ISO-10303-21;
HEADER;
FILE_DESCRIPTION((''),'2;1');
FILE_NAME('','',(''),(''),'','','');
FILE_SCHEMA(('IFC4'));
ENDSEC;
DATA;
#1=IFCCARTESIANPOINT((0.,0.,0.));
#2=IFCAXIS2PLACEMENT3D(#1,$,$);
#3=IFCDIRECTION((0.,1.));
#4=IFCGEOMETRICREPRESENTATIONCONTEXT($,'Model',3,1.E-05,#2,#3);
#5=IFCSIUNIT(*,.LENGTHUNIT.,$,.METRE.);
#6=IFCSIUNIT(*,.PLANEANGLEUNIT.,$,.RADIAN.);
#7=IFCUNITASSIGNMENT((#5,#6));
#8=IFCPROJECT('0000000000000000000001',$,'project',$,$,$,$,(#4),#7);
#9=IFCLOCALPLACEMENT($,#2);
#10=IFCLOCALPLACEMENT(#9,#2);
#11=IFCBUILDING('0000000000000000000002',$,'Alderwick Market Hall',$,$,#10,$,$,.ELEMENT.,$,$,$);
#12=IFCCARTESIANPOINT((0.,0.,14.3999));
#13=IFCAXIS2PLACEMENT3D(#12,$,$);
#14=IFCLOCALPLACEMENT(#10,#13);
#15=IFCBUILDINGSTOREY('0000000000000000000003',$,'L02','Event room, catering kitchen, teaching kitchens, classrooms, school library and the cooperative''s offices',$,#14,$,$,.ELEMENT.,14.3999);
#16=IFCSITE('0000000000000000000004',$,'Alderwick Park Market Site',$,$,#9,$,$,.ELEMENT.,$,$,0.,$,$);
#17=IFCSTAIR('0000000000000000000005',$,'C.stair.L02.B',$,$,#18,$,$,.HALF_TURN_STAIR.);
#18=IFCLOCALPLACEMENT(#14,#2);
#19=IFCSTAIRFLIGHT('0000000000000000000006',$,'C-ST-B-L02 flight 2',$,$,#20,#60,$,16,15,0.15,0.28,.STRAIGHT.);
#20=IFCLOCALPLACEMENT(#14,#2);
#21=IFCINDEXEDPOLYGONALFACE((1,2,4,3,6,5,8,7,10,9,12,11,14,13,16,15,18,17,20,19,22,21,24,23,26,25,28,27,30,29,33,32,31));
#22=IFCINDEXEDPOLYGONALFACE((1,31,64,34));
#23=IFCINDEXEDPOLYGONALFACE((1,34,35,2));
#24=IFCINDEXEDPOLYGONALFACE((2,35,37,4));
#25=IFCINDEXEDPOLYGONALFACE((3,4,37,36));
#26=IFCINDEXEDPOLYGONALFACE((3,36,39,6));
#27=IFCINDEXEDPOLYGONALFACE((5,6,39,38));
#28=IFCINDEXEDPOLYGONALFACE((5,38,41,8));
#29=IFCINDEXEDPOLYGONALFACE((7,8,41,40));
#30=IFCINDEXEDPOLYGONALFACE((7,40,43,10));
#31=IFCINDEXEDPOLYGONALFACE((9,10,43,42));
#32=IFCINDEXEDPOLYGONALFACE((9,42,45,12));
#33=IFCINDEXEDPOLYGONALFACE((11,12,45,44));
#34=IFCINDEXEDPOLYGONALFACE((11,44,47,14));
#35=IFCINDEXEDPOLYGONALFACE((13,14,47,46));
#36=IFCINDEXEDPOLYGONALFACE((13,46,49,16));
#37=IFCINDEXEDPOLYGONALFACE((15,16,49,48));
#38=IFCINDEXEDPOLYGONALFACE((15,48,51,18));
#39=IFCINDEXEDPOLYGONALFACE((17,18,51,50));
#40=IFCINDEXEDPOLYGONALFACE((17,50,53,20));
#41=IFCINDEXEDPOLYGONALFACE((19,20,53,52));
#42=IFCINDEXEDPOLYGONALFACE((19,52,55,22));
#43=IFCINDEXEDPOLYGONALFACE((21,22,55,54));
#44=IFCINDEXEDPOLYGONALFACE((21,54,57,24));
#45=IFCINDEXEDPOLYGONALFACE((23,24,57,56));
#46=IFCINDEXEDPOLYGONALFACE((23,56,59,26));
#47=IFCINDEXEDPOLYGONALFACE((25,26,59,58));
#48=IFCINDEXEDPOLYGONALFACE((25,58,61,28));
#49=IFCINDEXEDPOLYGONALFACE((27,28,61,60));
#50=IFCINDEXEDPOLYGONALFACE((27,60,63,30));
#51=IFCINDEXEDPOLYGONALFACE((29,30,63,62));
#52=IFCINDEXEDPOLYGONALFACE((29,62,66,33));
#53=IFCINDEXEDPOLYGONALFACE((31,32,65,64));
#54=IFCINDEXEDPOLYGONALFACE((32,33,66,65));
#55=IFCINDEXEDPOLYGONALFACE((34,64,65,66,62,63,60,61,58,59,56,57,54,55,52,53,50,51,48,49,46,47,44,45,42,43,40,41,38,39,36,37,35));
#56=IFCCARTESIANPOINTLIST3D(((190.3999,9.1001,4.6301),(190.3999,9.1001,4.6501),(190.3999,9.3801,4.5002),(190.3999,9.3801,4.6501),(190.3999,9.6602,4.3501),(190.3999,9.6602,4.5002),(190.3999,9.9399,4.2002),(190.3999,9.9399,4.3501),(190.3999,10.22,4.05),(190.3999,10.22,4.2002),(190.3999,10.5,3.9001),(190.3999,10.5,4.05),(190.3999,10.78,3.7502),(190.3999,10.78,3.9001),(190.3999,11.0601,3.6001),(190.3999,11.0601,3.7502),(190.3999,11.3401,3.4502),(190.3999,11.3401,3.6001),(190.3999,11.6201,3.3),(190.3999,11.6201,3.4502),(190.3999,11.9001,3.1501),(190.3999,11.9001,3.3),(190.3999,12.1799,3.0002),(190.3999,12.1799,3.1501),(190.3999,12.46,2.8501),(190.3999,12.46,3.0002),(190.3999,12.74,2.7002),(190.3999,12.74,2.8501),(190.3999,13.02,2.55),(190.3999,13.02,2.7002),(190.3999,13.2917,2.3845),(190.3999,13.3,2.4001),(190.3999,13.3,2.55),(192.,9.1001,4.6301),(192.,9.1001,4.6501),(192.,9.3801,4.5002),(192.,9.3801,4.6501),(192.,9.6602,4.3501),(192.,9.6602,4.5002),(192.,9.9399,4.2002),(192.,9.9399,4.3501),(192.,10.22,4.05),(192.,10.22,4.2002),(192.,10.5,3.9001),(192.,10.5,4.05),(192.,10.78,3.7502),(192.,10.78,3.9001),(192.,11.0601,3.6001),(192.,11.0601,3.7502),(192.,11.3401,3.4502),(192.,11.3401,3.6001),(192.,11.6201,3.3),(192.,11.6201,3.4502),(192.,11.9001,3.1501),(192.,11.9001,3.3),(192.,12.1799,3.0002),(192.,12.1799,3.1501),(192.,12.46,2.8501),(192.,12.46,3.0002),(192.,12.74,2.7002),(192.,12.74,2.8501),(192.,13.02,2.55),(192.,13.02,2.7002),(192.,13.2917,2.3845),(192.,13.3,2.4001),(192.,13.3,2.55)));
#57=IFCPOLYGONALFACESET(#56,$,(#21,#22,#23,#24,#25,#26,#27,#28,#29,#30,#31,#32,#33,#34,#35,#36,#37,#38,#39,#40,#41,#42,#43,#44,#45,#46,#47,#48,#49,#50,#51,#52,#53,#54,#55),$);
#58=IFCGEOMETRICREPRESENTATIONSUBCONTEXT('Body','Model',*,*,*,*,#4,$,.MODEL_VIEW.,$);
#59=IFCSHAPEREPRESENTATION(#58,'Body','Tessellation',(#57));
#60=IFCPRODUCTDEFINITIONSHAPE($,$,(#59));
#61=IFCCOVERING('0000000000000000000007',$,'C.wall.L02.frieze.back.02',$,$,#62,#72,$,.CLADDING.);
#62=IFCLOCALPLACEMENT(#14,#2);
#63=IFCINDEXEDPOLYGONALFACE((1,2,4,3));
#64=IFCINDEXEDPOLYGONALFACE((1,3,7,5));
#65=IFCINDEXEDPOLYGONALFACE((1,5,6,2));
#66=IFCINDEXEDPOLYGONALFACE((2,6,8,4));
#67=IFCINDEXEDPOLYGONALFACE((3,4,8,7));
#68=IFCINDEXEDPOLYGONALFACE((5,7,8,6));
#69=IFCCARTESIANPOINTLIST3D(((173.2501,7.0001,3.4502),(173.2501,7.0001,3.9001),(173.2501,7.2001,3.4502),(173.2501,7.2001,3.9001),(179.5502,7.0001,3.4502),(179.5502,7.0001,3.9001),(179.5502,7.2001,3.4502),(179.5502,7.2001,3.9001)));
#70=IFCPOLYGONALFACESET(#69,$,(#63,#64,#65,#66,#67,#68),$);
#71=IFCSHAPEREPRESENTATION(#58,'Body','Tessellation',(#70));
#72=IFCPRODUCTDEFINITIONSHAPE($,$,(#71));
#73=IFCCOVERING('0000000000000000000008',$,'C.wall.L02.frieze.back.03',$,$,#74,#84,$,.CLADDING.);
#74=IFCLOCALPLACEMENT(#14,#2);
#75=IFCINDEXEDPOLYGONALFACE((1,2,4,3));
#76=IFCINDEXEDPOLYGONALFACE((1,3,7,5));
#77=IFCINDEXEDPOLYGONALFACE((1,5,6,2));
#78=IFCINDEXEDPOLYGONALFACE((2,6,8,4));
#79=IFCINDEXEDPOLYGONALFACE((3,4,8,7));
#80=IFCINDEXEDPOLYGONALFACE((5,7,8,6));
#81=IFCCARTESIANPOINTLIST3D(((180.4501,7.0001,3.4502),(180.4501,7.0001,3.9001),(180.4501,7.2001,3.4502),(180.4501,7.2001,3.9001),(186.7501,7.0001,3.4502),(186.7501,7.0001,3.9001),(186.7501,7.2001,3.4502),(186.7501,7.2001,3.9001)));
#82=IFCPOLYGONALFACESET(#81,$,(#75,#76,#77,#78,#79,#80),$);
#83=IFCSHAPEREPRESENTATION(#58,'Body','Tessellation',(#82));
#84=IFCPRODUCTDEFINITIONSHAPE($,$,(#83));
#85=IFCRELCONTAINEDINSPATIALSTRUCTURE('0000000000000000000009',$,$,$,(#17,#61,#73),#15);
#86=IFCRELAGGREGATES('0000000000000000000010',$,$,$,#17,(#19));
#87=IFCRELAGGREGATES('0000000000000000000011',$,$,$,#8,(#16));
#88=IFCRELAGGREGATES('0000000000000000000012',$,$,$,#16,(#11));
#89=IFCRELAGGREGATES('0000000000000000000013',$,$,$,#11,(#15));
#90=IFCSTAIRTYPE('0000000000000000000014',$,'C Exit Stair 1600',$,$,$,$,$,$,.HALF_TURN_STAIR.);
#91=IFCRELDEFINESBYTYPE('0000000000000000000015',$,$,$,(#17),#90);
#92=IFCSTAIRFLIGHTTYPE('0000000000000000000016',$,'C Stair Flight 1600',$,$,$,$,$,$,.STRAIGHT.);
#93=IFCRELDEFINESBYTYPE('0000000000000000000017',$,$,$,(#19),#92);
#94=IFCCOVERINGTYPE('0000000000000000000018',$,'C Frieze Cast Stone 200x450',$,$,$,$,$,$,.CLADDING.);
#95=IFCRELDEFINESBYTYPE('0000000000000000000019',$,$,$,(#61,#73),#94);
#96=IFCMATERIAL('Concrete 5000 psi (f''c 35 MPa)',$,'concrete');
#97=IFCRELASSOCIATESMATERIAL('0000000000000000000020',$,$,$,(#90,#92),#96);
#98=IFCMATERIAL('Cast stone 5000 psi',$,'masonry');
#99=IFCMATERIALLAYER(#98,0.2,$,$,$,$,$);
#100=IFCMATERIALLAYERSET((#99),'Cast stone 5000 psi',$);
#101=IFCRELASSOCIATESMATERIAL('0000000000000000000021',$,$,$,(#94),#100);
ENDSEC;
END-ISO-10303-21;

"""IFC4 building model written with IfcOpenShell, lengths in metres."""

from ifc_helpers import new_model, si_unit, direction, frame, frame_2d, origin, place, context, subcontext, project, spatial, polyline, rectangle, outline, extrude, material, layer, layer_set, type_object, element, aggregate, save


model = new_model("IFC4")

# Units and contexts
model_context = context("Model", 3, precision=1e-05, world=origin(), true_north=direction((0.0, 1.0)))
body_context = subcontext(model_context, "Body", "Model", "MODEL_VIEW")
ifc_project = project(units=[si_unit("LENGTHUNIT", "METRE"), si_unit("PLANEANGLEUNIT", "RADIAN")], contexts=[model_context])

# Site, building, storey
site_placement = place(None, origin())
site = spatial("IfcSite", under=ifc_project, at=site_placement, Name="Alderwick Park Market Site", CompositionType="ELEMENT", RefElevation=0.0)
building_placement = place(site_placement, origin())
building = spatial("IfcBuilding", under=site, at=building_placement, Name="Alderwick Market Hall", CompositionType="ELEMENT")
storey_placement = place(building_placement, frame((0.0, 0.0, 14.3999)))
storey = spatial("IfcBuildingStorey", under=building, at=storey_placement, Name="L02", Description="Event room, catering kitchen, teaching kitchens, classrooms, school library and the cooperative's offices", CompositionType="ELEMENT", Elevation=14.3999)

# Shared definitions
ifc_material_1 = material(Name="Concrete 5000 psi (f'c 35 MPa)", Category="concrete")

# Stair, stair flight
stair_type = type_object("IfcStairType", Name="C Exit Stair 1600", PredefinedType="HALF_TURN_STAIR", material=ifc_material_1)
stair_placement = place(storey_placement, origin())
stair = element("IfcStair", 1, at=stair_placement, inside=storey, type_object=stair_type, Name="C.stair.L02.B", PredefinedType="HALF_TURN_STAIR")
stair_flight_type = type_object("IfcStairFlightType", Name="C Stair Flight 1600", PredefinedType="STRAIGHT", material=ifc_material_1)
stair_flight_1_placement = place(storey_placement, frame((191.2, 13.3, 2.4001), z_axis=(0.0, 0.0, 1.0), x_axis=(0.0, -1.0, 0.0)))
stair_flight_1 = element("IfcStairFlight", 2, at=stair_flight_1_placement, type_object=stair_flight_type, Name="C-ST-B-L02 flight 2", NumberOfRisers=16, NumberOfTreads=15, PredefinedType="STRAIGHT", RiserHeight=0.15, TreadLength=0.28, context=body_context, shape_type="SweptSolid", body=[
    extrude(outline(polyline([(0.0083, -0.0156), (0.0, 0.0), (0.0, 0.1499), (0.28, 0.1499), (0.28, 0.3), (0.5601, 0.3), (0.5601, 0.45), (0.8401, 0.45), (0.8401, 0.6001), (1.1201, 0.6001), (1.1201, 0.75), (1.3999, 0.75), (1.3999, 0.8999), (1.6799, 0.8999), (1.6799, 1.05), (1.96, 1.05), (1.96, 1.2), (2.24, 1.2), (2.24, 1.3501), (2.52, 1.3501), (2.52, 1.5), (2.8, 1.5), (2.8, 1.6499), (3.0801, 1.6499), (3.0801, 1.8), (3.3601, 1.8), (3.3601, 1.95), (3.6399, 1.95), (3.6399, 2.1001), (3.9199, 2.1001), (3.9199, 2.25), (4.2, 2.25), (4.2, 2.23), (0.0083, -0.0156)])), frame((0.0, 0.8, 0.0), z_axis=(0.0, -1.0, 0.0), x_axis=(1.0, 0.0, 0.0)), (0.0, 0.0, 1.0), 1.6001),
])
aggregate(stair, [stair_flight_1])

# Coverings
ifc_material_2 = material(Name="Cast stone 5000 psi", Category="masonry")
ifc_layer_1 = layer(ifc_material_2, 0.2)
ifc_layer_set_1 = layer_set([ifc_layer_1], Name="Cast stone 5000 psi")
covering_type = type_object("IfcCoveringType", Name="C Frieze Cast Stone 200x450", PredefinedType="CLADDING", material=ifc_layer_set_1)
for number, where, z_axis, x_axis, name in (
    (3, (179.55, 7.1001, 3.4502), (0.0, 0.0, 1.0), (-1.0, 0.0, 0.0), "C.wall.L02.frieze.back.02"),
    (4, (186.75, 7.1001, 3.4502), (0.0, 0.0, 1.0), (-1.0, 0.0, 0.0), "C.wall.L02.frieze.back.03"),
):
    element("IfcCovering", number, at=place(storey_placement, frame(where, z_axis=z_axis, x_axis=x_axis)), inside=storey, type_object=covering_type, Name=name, PredefinedType="CLADDING", context=body_context, shape_type="SweptSolid", body=[
        extrude(rectangle(XDim=6.3, YDim=0.2, at=frame_2d((3.1499, 0.0))), origin(), (0.0, 0.0, 1.0), 0.45),
    ])

save(model, "model.ifc")
